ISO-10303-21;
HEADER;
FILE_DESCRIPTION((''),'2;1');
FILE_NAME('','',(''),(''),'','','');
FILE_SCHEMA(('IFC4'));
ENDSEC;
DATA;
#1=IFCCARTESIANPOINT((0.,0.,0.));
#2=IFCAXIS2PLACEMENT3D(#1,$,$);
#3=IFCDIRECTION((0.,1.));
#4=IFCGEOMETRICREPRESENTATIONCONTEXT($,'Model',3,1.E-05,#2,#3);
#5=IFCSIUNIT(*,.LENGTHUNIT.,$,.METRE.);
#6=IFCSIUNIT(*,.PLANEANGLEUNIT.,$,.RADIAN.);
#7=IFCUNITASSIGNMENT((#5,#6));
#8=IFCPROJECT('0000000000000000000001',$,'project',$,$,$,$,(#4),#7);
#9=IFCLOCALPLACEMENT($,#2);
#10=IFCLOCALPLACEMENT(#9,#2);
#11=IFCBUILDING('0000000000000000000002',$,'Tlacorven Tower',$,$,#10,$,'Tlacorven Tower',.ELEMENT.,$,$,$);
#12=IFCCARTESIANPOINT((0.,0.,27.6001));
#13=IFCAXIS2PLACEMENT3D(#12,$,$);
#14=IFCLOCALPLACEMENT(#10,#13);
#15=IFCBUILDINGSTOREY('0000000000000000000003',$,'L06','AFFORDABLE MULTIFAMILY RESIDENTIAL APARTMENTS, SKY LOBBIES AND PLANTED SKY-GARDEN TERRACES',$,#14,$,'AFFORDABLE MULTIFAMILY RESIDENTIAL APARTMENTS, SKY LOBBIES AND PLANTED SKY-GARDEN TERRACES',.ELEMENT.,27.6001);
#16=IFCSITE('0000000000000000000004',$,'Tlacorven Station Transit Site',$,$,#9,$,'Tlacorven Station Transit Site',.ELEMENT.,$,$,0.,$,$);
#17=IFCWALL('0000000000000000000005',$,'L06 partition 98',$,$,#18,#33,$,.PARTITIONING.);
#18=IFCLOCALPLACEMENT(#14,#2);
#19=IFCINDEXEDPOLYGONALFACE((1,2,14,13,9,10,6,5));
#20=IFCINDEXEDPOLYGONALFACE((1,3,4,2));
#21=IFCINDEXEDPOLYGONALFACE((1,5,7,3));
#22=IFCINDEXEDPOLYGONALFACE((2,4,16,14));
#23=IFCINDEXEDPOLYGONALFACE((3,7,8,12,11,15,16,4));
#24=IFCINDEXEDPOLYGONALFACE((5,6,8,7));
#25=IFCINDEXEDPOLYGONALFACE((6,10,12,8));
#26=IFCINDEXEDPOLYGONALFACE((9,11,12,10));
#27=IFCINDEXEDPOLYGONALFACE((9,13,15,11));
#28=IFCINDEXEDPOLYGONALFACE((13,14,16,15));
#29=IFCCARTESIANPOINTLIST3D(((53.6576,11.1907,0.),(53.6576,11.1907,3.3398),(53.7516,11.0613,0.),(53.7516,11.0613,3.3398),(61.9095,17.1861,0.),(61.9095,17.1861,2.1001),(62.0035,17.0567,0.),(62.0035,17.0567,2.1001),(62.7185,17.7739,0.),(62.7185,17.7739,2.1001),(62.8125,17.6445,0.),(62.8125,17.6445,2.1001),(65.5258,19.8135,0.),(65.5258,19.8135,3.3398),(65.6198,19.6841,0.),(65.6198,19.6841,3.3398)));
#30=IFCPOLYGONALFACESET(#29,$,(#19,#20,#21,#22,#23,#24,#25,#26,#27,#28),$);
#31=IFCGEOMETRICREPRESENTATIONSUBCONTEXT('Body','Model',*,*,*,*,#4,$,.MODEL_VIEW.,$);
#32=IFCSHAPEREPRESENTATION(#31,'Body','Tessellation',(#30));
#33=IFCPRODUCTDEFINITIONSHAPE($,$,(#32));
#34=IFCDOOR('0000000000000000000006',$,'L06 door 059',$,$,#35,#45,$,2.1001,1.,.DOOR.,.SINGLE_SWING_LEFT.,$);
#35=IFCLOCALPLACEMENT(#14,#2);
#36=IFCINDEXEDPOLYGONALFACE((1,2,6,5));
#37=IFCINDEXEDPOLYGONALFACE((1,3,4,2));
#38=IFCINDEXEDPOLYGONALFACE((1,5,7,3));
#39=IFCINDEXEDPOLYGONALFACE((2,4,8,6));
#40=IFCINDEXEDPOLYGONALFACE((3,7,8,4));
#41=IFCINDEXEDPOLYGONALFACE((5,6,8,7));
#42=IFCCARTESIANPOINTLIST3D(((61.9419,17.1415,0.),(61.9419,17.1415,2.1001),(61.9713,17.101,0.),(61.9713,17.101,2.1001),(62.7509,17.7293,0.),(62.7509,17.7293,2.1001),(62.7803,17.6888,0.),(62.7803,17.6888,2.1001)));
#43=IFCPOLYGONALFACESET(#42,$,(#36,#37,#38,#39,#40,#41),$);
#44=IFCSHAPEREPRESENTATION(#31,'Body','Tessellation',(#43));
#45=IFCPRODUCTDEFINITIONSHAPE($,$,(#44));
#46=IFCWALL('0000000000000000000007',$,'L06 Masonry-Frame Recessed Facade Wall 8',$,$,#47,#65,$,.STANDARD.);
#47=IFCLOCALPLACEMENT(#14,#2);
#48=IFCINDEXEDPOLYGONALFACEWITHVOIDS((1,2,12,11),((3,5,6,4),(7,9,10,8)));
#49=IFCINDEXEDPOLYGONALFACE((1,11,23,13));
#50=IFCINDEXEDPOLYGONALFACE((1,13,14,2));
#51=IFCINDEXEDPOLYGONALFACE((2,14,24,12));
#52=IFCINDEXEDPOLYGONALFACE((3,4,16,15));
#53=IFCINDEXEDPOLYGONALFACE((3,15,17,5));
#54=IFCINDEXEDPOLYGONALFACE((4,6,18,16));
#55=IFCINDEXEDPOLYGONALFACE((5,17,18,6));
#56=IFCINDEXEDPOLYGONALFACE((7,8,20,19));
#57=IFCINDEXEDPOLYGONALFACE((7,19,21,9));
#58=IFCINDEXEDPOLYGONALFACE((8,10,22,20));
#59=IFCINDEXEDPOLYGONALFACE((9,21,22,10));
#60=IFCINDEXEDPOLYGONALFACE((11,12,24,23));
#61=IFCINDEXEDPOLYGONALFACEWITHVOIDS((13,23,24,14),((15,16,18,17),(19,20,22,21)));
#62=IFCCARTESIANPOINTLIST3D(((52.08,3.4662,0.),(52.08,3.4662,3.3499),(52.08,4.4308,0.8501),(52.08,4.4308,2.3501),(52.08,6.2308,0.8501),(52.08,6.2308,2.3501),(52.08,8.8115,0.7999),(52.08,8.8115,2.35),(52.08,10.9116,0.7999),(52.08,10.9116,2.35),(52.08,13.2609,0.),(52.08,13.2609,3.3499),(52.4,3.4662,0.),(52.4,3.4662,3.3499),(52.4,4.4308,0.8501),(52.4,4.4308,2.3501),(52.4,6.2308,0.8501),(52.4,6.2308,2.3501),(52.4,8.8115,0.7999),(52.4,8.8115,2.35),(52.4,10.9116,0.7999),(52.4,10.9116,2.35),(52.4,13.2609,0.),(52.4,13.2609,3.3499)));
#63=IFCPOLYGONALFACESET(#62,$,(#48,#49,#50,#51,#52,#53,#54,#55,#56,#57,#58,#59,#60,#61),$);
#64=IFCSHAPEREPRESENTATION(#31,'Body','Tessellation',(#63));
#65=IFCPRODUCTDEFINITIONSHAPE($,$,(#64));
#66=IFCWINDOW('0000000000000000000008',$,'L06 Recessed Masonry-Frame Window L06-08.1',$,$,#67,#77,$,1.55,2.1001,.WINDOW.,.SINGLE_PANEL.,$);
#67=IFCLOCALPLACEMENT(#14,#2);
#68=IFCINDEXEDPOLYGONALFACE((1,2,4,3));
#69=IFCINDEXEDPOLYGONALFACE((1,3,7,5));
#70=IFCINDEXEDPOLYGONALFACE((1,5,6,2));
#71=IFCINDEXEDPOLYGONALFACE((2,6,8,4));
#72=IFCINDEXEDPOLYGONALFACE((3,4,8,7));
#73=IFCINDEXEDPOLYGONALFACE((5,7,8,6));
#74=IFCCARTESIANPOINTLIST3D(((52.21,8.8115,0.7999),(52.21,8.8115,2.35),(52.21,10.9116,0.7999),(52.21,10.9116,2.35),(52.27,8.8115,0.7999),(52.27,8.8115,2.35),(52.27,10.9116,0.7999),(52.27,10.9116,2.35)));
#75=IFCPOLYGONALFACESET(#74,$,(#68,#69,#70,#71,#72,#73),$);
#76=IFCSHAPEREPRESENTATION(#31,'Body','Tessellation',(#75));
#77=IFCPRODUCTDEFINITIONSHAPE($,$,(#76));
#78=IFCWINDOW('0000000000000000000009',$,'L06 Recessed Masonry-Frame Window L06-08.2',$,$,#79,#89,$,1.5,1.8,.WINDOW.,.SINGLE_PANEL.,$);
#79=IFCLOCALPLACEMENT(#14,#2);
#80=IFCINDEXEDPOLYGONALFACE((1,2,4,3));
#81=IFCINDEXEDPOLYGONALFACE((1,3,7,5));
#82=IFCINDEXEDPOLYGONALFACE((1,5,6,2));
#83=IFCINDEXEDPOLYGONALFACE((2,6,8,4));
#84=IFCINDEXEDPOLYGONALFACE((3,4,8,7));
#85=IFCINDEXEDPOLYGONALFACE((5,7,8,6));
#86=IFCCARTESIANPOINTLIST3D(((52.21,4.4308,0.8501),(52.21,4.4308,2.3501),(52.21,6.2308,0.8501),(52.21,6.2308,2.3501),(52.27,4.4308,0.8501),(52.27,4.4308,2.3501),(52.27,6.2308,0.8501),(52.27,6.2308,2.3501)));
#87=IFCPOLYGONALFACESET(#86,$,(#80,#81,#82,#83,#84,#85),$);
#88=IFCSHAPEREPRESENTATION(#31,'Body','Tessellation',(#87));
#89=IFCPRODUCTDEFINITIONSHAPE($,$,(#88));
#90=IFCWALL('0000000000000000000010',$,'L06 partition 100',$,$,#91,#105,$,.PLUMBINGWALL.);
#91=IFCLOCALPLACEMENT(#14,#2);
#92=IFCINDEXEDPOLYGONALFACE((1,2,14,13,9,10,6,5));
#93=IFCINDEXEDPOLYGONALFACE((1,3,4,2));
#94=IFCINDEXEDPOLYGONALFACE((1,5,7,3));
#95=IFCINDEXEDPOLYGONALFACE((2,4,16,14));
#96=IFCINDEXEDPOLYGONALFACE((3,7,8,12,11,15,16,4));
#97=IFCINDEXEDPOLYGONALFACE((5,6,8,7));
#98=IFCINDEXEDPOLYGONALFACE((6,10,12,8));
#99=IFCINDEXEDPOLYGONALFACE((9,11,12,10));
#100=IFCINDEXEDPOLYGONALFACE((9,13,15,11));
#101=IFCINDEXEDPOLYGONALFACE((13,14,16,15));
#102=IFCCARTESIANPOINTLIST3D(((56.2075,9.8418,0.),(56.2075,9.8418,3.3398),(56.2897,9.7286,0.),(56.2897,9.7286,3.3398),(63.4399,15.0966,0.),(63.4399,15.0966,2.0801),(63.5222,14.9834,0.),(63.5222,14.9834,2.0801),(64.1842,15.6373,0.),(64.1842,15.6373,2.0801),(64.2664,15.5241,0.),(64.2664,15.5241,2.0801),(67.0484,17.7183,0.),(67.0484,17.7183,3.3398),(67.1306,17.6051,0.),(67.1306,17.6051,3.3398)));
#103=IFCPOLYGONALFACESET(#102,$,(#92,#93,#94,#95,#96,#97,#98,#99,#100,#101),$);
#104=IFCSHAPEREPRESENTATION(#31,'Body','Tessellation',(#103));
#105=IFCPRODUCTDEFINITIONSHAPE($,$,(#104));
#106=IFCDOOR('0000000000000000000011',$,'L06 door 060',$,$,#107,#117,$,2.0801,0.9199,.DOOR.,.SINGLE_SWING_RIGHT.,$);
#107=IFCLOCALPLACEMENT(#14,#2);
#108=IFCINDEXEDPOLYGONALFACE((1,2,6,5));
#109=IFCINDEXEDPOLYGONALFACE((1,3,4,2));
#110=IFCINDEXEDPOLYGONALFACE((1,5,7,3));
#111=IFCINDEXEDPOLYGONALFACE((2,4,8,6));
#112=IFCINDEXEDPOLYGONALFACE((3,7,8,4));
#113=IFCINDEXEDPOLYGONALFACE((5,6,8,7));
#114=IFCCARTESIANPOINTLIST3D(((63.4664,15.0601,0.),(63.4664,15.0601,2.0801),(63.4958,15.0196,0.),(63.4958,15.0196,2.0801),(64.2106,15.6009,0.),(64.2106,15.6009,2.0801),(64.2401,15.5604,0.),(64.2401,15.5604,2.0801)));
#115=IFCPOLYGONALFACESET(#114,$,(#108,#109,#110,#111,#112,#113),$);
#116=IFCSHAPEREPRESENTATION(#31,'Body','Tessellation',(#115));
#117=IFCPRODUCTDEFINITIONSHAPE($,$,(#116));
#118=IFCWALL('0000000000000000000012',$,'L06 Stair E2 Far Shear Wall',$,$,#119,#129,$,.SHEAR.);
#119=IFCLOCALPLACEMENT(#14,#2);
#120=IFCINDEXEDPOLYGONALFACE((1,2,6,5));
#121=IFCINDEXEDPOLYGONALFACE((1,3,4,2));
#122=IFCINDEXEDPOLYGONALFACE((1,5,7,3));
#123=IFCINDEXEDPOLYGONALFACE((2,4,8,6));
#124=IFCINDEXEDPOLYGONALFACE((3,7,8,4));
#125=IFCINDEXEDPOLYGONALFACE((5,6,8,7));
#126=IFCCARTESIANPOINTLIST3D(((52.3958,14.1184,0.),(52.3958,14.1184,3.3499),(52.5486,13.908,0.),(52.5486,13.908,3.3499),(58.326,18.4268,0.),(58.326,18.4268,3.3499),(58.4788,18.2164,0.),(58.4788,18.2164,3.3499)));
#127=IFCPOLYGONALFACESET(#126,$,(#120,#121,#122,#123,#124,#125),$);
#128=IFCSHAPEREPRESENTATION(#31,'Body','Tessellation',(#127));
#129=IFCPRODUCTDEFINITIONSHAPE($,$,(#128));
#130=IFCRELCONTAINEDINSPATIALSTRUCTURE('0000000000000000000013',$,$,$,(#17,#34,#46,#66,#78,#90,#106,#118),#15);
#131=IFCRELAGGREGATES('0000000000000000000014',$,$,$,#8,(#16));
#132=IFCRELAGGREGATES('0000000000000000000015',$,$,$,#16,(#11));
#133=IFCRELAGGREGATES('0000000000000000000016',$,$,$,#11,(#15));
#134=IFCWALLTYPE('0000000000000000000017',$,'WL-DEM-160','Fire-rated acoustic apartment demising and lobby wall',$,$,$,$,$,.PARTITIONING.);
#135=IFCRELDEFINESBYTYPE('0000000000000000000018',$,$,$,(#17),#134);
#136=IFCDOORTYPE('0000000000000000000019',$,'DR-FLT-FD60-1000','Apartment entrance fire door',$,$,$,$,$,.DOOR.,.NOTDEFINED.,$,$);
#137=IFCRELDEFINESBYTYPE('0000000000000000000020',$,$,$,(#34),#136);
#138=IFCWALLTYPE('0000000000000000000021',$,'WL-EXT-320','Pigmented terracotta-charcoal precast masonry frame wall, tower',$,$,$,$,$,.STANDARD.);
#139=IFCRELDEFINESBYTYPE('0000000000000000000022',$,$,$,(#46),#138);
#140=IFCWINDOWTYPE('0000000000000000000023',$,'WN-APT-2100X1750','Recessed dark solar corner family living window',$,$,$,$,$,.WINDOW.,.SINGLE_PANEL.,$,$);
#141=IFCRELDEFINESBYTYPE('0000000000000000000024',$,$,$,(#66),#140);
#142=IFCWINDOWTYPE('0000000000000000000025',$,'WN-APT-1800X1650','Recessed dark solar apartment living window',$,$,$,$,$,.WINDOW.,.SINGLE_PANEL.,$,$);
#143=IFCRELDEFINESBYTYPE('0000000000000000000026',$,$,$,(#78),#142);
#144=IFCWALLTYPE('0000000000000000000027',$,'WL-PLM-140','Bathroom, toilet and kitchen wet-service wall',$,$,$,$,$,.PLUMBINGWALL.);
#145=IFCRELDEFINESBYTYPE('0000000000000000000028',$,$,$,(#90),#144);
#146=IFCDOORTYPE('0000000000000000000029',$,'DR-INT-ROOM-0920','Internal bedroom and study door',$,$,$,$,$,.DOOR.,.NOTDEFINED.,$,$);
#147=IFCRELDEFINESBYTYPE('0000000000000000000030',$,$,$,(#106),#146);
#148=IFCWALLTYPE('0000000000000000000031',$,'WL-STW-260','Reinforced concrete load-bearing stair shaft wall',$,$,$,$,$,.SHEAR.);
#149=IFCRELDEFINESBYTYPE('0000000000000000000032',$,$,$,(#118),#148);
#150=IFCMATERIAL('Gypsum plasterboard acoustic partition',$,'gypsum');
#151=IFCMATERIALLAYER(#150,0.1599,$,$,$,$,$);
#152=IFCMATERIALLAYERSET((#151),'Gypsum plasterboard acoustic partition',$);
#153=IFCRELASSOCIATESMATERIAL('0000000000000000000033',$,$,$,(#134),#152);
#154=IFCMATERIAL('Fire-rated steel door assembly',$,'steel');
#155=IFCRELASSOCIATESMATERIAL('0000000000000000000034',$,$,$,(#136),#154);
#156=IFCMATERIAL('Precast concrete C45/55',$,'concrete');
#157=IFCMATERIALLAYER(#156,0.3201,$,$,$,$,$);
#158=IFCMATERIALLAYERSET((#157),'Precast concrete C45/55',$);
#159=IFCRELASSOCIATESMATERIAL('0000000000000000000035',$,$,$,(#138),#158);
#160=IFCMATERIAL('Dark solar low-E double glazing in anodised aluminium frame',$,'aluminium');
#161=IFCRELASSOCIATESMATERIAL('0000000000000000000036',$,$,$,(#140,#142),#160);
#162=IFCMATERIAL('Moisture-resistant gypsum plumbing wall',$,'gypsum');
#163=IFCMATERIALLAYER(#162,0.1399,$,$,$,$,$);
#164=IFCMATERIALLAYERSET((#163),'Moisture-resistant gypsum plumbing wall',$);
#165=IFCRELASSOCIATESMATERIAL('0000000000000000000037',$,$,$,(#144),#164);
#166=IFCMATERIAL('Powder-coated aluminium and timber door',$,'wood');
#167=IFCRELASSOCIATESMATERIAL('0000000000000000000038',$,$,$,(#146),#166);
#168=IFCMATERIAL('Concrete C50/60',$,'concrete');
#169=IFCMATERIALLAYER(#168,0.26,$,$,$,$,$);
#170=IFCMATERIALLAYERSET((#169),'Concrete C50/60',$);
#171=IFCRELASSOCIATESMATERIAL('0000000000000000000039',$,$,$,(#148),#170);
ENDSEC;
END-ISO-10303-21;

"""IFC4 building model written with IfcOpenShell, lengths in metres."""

from ifc_helpers import new_model, si_unit, direction, frame, frame_2d, origin, place, context, subcontext, project, spatial, rectangle, extrude, source, transform, mapped, material, layer, layer_set, type_object, element, fill, save


model = new_model("IFC4")

# Units and contexts
model_context = context("Model", 3, precision=1e-05, world=origin(), true_north=direction((0.0, 1.0)))
body_context = subcontext(model_context, "Body", "Model", "MODEL_VIEW")
ifc_project = project(units=[si_unit("LENGTHUNIT", "METRE"), si_unit("PLANEANGLEUNIT", "RADIAN")], contexts=[model_context])

# Site, building, storey
site_placement = place(None, origin())
site = spatial("IfcSite", under=ifc_project, at=site_placement, Name="Tlacorven Station Transit Site", LongName="Tlacorven Station Transit Site", CompositionType="ELEMENT", RefElevation=0.0)
building_placement = place(site_placement, origin())
building = spatial("IfcBuilding", under=site, at=building_placement, Name="Tlacorven Tower", LongName="Tlacorven Tower", CompositionType="ELEMENT")
storey_placement = place(building_placement, frame((0.0, 0.0, 27.6001)))
storey = spatial("IfcBuildingStorey", under=building, at=storey_placement, Name="L06", Description="AFFORDABLE MULTIFAMILY RESIDENTIAL APARTMENTS, SKY LOBBIES AND PLANTED SKY-GARDEN TERRACES", LongName="AFFORDABLE MULTIFAMILY RESIDENTIAL APARTMENTS, SKY LOBBIES AND PLANTED SKY-GARDEN TERRACES", CompositionType="ELEMENT", Elevation=27.6001)

# Wall, opening, door
ifc_material_1 = material(Name="Gypsum plasterboard acoustic partition", Category="gypsum")
ifc_layer_1 = layer(ifc_material_1, 0.1599)
ifc_layer_set_1 = layer_set([ifc_layer_1], Name="Gypsum plasterboard acoustic partition")
wall_type_1 = type_object("IfcWallType", Name="WL-DEM-160", Description="Fire-rated acoustic apartment demising and lobby wall", PredefinedType="PARTITIONING", material=ifc_layer_set_1)
wall_1_placement = place(storey_placement, frame((53.7046, 11.126, 0.0), z_axis=(0.0, 0.0, 1.0), x_axis=(0.809015, 0.587789, 0.0)))
wall_1 = element("IfcWall", 1, at=wall_1_placement, inside=storey, type_object=wall_type_1, Name="L06 partition 98", PredefinedType="PARTITIONING", context=body_context, shape_type="SweptSolid", body=[
    extrude(rectangle(XDim=14.6699, YDim=0.1599, at=frame_2d((7.335, 0.0))), origin(), (0.0, 0.0, 1.0), 3.3398),
])
opening_1_placement = place(wall_1_placement, frame((10.2, 0.0, 0.0)))
opening_1 = element("IfcOpeningElement", 2, at=opening_1_placement, cuts=wall_1, PredefinedType="OPENING", context=body_context, shape_type="SweptSolid", body=[
    extrude(rectangle(XDim=1.0, YDim=2.1001, at=frame_2d((0.5, 1.05))), frame((0.0, 0.0898, 0.0), z_axis=(0.0, -1.0, 0.0), x_axis=(1.0, 0.0, 0.0)), (0.0, 0.0, 1.0), 0.1799),
])
ifc_material_2 = material(Name="Fire-rated steel door assembly", Category="steel")
door_type_1 = type_object("IfcDoorType", Name="DR-FLT-FD60-1000", Description="Apartment entrance fire door", OperationType="NOTDEFINED", PredefinedType="DOOR", material=ifc_material_2)
shared_shape_1 = source(origin(), body_context, "Body", "SweptSolid", [
    extrude(rectangle(XDim=1.0, YDim=2.1001, at=frame_2d((0.5, 1.05))), frame((0.0, 0.0249, 0.0), z_axis=(0.0, -1.0, 0.0), x_axis=(1.0, 0.0, 0.0)), (0.0, 0.0, 1.0), 0.05),
])
door_1_placement = place(opening_1_placement, origin())
door_1 = element("IfcDoor", 3, at=door_1_placement, inside=storey, type_object=door_type_1, Name="L06 door 059", OperationType="SINGLE_SWING_LEFT", OverallHeight=2.1001, OverallWidth=1.0, PredefinedType="DOOR", context=body_context, shape_type="MappedRepresentation", body=[
    mapped(shared_shape_1, transform((0.0, 0.0, 0.0), scale=1.0)),
])
fill(opening_1, door_1)

# Wall, openings, windows
ifc_material_3 = material(Name="Precast concrete C45/55", Category="concrete")
ifc_layer_2 = layer(ifc_material_3, 0.3201)
ifc_layer_set_2 = layer_set([ifc_layer_2], Name="Precast concrete C45/55")
wall_type_2 = type_object("IfcWallType", Name="WL-EXT-320", Description="Pigmented terracotta-charcoal precast masonry frame wall, tower", PredefinedType="STANDARD", material=ifc_layer_set_2)
wall_2_placement = place(storey_placement, frame((52.24, 13.261, 0.0), z_axis=(0.0, 0.0, 1.0), x_axis=(0.0, -1.0, 0.0)))
wall_2 = element("IfcWall", 4, at=wall_2_placement, inside=storey, type_object=wall_type_2, Name="L06 Masonry-Frame Recessed Facade Wall 8", PredefinedType="STANDARD", context=body_context, shape_type="SweptSolid", body=[
    extrude(rectangle(XDim=9.7947, YDim=0.3201, at=frame_2d((4.8975, 0.0))), origin(), (0.0, 0.0, 1.0), 3.3499),
])
opening_2_placement = place(wall_2_placement, frame((2.3494, 0.0, 0.8)))
opening_2 = element("IfcOpeningElement", 5, at=opening_2_placement, cuts=wall_2, PredefinedType="OPENING", context=body_context, shape_type="SweptSolid", body=[
    extrude(rectangle(XDim=2.1001, YDim=1.55, at=frame_2d((1.05, 0.7749))), frame((0.0, 0.1699, 0.0), z_axis=(0.0, -1.0, 0.0), x_axis=(1.0, 0.0, 0.0)), (0.0, 0.0, 1.0), 0.3401),
])
opening_3_placement = place(wall_2_placement, frame((7.0303, 0.0, 0.8501)))
opening_3 = element("IfcOpeningElement", 6, at=opening_3_placement, cuts=wall_2, PredefinedType="OPENING", context=body_context, shape_type="SweptSolid", body=[
    extrude(rectangle(XDim=1.8, YDim=1.5, at=frame_2d((0.8999, 0.75))), frame((0.0, 0.1699, 0.0), z_axis=(0.0, -1.0, 0.0), x_axis=(1.0, 0.0, 0.0)), (0.0, 0.0, 1.0), 0.3401),
])
ifc_material_4 = material(Name="Dark solar low-E double glazing in anodised aluminium frame", Category="aluminium")
window_type_1 = type_object("IfcWindowType", Name="WN-APT-2100X1750", Description="Recessed dark solar corner family living window", PartitioningType="SINGLE_PANEL", PredefinedType="WINDOW", material=ifc_material_4)
shared_shape_2 = source(origin(), body_context, "Body", "SweptSolid", [
    extrude(rectangle(XDim=2.1001, YDim=1.55, at=frame_2d((1.05, 0.7749))), frame((0.0, 0.03, 0.0), z_axis=(0.0, -1.0, 0.0), x_axis=(1.0, 0.0, 0.0)), (0.0, 0.0, 1.0), 0.0601),
])
window_1_placement = place(opening_2_placement, origin())
window_1 = element("IfcWindow", 7, at=window_1_placement, inside=storey, type_object=window_type_1, Name="L06 Recessed Masonry-Frame Window L06-08.1", OverallHeight=1.55, OverallWidth=2.1001, PartitioningType="SINGLE_PANEL", PredefinedType="WINDOW", context=body_context, shape_type="MappedRepresentation", body=[
    mapped(shared_shape_2, transform((0.0, 0.0, 0.0), scale=1.0)),
])
fill(opening_2, window_1)
window_type_2 = type_object("IfcWindowType", Name="WN-APT-1800X1650", Description="Recessed dark solar apartment living window", PartitioningType="SINGLE_PANEL", PredefinedType="WINDOW", material=ifc_material_4)
shared_shape_3 = source(origin(), body_context, "Body", "SweptSolid", [
    extrude(rectangle(XDim=1.8, YDim=1.5, at=frame_2d((0.8999, 0.75))), frame((0.0, 0.03, 0.0), z_axis=(0.0, -1.0, 0.0), x_axis=(1.0, 0.0, 0.0)), (0.0, 0.0, 1.0), 0.0601),
])
window_2_placement = place(opening_3_placement, origin())
window_2 = element("IfcWindow", 8, at=window_2_placement, inside=storey, type_object=window_type_2, Name="L06 Recessed Masonry-Frame Window L06-08.2", OverallHeight=1.5, OverallWidth=1.8, PartitioningType="SINGLE_PANEL", PredefinedType="WINDOW", context=body_context, shape_type="MappedRepresentation", body=[
    mapped(shared_shape_3, transform((0.0, 0.0, 0.0), scale=1.0)),
])
fill(opening_3, window_2)

# Wall, opening, door
ifc_material_5 = material(Name="Moisture-resistant gypsum plumbing wall", Category="gypsum")
ifc_layer_3 = layer(ifc_material_5, 0.1399)
ifc_layer_set_3 = layer_set([ifc_layer_3], Name="Moisture-resistant gypsum plumbing wall")
wall_type_3 = type_object("IfcWallType", Name="WL-PLM-140", Description="Bathroom, toilet and kitchen wet-service wall", PredefinedType="PLUMBINGWALL", material=ifc_layer_set_3)
wall_3_placement = place(storey_placement, frame((56.2485, 9.7852, 0.0), z_axis=(0.0, 0.0, 1.0), x_axis=(0.809012, 0.587792, 0.0)))
wall_3 = element("IfcWall", 9, at=wall_3_placement, inside=storey, type_object=wall_type_3, Name="L06 partition 100", PredefinedType="PLUMBINGWALL", context=body_context, shape_type="SweptSolid", body=[
    extrude(rectangle(XDim=13.4001, YDim=0.1399, at=frame_2d((6.7002, 0.0))), origin(), (0.0, 0.0, 1.0), 3.3398),
])
opening_4_placement = place(wall_3_placement, frame((8.9399, 0.0, 0.0)))
opening_4 = element("IfcOpeningElement", 10, at=opening_4_placement, cuts=wall_3, PredefinedType="OPENING", context=body_context, shape_type="SweptSolid", body=[
    extrude(rectangle(XDim=0.9199, YDim=2.0801, at=frame_2d((0.46, 1.04))), frame((0.0, 0.0801, 0.0), z_axis=(0.0, -1.0, 0.0), x_axis=(1.0, 0.0, 0.0)), (0.0, 0.0, 1.0), 0.1599),
])
ifc_material_6 = material(Name="Powder-coated aluminium and timber door", Category="wood")
door_type_2 = type_object("IfcDoorType", Name="DR-INT-ROOM-0920", Description="Internal bedroom and study door", OperationType="NOTDEFINED", PredefinedType="DOOR", material=ifc_material_6)
shared_shape_4 = source(origin(), body_context, "Body", "SweptSolid", [
    extrude(rectangle(XDim=0.9199, YDim=2.0801, at=frame_2d((0.46, 1.04))), frame((0.0, 0.0249, 0.0), z_axis=(0.0, -1.0, 0.0), x_axis=(1.0, 0.0, 0.0)), (0.0, 0.0, 1.0), 0.05),
])
door_2_placement = place(opening_4_placement, origin())
door_2 = element("IfcDoor", 11, at=door_2_placement, inside=storey, type_object=door_type_2, Name="L06 door 060", OperationType="SINGLE_SWING_RIGHT", OverallHeight=2.0801, OverallWidth=0.9199, PredefinedType="DOOR", context=body_context, shape_type="MappedRepresentation", body=[
    mapped(shared_shape_4, transform((0.0, 0.0, 0.0), scale=1.0)),
])
fill(opening_4, door_2)

# Wall
ifc_material_7 = material(Name="Concrete C50/60", Category="concrete")
ifc_layer_4 = layer(ifc_material_7, 0.26)
ifc_layer_set_4 = layer_set([ifc_layer_4], Name="Concrete C50/60")
wall_type_4 = type_object("IfcWallType", Name="WL-STW-260", Description="Reinforced concrete load-bearing stair shaft wall", PredefinedType="SHEAR", material=ifc_layer_set_4)
wall_4_placement = place(storey_placement, frame((52.4722, 14.0132, 0.0), z_axis=(0.0, 0.0, 1.0), x_axis=(0.809028, 0.58777, 0.0)))
element("IfcWall", 12, at=wall_4_placement, inside=storey, type_object=wall_type_4, Name="L06 Stair E2 Far Shear Wall", PredefinedType="SHEAR", context=body_context, shape_type="SweptSolid", body=[
    extrude(rectangle(XDim=7.3301, YDim=0.26, at=frame_2d((3.665, 0.0))), origin(), (0.0, 0.0, 1.0), 3.3499),
])

save(model, "model.ifc")
